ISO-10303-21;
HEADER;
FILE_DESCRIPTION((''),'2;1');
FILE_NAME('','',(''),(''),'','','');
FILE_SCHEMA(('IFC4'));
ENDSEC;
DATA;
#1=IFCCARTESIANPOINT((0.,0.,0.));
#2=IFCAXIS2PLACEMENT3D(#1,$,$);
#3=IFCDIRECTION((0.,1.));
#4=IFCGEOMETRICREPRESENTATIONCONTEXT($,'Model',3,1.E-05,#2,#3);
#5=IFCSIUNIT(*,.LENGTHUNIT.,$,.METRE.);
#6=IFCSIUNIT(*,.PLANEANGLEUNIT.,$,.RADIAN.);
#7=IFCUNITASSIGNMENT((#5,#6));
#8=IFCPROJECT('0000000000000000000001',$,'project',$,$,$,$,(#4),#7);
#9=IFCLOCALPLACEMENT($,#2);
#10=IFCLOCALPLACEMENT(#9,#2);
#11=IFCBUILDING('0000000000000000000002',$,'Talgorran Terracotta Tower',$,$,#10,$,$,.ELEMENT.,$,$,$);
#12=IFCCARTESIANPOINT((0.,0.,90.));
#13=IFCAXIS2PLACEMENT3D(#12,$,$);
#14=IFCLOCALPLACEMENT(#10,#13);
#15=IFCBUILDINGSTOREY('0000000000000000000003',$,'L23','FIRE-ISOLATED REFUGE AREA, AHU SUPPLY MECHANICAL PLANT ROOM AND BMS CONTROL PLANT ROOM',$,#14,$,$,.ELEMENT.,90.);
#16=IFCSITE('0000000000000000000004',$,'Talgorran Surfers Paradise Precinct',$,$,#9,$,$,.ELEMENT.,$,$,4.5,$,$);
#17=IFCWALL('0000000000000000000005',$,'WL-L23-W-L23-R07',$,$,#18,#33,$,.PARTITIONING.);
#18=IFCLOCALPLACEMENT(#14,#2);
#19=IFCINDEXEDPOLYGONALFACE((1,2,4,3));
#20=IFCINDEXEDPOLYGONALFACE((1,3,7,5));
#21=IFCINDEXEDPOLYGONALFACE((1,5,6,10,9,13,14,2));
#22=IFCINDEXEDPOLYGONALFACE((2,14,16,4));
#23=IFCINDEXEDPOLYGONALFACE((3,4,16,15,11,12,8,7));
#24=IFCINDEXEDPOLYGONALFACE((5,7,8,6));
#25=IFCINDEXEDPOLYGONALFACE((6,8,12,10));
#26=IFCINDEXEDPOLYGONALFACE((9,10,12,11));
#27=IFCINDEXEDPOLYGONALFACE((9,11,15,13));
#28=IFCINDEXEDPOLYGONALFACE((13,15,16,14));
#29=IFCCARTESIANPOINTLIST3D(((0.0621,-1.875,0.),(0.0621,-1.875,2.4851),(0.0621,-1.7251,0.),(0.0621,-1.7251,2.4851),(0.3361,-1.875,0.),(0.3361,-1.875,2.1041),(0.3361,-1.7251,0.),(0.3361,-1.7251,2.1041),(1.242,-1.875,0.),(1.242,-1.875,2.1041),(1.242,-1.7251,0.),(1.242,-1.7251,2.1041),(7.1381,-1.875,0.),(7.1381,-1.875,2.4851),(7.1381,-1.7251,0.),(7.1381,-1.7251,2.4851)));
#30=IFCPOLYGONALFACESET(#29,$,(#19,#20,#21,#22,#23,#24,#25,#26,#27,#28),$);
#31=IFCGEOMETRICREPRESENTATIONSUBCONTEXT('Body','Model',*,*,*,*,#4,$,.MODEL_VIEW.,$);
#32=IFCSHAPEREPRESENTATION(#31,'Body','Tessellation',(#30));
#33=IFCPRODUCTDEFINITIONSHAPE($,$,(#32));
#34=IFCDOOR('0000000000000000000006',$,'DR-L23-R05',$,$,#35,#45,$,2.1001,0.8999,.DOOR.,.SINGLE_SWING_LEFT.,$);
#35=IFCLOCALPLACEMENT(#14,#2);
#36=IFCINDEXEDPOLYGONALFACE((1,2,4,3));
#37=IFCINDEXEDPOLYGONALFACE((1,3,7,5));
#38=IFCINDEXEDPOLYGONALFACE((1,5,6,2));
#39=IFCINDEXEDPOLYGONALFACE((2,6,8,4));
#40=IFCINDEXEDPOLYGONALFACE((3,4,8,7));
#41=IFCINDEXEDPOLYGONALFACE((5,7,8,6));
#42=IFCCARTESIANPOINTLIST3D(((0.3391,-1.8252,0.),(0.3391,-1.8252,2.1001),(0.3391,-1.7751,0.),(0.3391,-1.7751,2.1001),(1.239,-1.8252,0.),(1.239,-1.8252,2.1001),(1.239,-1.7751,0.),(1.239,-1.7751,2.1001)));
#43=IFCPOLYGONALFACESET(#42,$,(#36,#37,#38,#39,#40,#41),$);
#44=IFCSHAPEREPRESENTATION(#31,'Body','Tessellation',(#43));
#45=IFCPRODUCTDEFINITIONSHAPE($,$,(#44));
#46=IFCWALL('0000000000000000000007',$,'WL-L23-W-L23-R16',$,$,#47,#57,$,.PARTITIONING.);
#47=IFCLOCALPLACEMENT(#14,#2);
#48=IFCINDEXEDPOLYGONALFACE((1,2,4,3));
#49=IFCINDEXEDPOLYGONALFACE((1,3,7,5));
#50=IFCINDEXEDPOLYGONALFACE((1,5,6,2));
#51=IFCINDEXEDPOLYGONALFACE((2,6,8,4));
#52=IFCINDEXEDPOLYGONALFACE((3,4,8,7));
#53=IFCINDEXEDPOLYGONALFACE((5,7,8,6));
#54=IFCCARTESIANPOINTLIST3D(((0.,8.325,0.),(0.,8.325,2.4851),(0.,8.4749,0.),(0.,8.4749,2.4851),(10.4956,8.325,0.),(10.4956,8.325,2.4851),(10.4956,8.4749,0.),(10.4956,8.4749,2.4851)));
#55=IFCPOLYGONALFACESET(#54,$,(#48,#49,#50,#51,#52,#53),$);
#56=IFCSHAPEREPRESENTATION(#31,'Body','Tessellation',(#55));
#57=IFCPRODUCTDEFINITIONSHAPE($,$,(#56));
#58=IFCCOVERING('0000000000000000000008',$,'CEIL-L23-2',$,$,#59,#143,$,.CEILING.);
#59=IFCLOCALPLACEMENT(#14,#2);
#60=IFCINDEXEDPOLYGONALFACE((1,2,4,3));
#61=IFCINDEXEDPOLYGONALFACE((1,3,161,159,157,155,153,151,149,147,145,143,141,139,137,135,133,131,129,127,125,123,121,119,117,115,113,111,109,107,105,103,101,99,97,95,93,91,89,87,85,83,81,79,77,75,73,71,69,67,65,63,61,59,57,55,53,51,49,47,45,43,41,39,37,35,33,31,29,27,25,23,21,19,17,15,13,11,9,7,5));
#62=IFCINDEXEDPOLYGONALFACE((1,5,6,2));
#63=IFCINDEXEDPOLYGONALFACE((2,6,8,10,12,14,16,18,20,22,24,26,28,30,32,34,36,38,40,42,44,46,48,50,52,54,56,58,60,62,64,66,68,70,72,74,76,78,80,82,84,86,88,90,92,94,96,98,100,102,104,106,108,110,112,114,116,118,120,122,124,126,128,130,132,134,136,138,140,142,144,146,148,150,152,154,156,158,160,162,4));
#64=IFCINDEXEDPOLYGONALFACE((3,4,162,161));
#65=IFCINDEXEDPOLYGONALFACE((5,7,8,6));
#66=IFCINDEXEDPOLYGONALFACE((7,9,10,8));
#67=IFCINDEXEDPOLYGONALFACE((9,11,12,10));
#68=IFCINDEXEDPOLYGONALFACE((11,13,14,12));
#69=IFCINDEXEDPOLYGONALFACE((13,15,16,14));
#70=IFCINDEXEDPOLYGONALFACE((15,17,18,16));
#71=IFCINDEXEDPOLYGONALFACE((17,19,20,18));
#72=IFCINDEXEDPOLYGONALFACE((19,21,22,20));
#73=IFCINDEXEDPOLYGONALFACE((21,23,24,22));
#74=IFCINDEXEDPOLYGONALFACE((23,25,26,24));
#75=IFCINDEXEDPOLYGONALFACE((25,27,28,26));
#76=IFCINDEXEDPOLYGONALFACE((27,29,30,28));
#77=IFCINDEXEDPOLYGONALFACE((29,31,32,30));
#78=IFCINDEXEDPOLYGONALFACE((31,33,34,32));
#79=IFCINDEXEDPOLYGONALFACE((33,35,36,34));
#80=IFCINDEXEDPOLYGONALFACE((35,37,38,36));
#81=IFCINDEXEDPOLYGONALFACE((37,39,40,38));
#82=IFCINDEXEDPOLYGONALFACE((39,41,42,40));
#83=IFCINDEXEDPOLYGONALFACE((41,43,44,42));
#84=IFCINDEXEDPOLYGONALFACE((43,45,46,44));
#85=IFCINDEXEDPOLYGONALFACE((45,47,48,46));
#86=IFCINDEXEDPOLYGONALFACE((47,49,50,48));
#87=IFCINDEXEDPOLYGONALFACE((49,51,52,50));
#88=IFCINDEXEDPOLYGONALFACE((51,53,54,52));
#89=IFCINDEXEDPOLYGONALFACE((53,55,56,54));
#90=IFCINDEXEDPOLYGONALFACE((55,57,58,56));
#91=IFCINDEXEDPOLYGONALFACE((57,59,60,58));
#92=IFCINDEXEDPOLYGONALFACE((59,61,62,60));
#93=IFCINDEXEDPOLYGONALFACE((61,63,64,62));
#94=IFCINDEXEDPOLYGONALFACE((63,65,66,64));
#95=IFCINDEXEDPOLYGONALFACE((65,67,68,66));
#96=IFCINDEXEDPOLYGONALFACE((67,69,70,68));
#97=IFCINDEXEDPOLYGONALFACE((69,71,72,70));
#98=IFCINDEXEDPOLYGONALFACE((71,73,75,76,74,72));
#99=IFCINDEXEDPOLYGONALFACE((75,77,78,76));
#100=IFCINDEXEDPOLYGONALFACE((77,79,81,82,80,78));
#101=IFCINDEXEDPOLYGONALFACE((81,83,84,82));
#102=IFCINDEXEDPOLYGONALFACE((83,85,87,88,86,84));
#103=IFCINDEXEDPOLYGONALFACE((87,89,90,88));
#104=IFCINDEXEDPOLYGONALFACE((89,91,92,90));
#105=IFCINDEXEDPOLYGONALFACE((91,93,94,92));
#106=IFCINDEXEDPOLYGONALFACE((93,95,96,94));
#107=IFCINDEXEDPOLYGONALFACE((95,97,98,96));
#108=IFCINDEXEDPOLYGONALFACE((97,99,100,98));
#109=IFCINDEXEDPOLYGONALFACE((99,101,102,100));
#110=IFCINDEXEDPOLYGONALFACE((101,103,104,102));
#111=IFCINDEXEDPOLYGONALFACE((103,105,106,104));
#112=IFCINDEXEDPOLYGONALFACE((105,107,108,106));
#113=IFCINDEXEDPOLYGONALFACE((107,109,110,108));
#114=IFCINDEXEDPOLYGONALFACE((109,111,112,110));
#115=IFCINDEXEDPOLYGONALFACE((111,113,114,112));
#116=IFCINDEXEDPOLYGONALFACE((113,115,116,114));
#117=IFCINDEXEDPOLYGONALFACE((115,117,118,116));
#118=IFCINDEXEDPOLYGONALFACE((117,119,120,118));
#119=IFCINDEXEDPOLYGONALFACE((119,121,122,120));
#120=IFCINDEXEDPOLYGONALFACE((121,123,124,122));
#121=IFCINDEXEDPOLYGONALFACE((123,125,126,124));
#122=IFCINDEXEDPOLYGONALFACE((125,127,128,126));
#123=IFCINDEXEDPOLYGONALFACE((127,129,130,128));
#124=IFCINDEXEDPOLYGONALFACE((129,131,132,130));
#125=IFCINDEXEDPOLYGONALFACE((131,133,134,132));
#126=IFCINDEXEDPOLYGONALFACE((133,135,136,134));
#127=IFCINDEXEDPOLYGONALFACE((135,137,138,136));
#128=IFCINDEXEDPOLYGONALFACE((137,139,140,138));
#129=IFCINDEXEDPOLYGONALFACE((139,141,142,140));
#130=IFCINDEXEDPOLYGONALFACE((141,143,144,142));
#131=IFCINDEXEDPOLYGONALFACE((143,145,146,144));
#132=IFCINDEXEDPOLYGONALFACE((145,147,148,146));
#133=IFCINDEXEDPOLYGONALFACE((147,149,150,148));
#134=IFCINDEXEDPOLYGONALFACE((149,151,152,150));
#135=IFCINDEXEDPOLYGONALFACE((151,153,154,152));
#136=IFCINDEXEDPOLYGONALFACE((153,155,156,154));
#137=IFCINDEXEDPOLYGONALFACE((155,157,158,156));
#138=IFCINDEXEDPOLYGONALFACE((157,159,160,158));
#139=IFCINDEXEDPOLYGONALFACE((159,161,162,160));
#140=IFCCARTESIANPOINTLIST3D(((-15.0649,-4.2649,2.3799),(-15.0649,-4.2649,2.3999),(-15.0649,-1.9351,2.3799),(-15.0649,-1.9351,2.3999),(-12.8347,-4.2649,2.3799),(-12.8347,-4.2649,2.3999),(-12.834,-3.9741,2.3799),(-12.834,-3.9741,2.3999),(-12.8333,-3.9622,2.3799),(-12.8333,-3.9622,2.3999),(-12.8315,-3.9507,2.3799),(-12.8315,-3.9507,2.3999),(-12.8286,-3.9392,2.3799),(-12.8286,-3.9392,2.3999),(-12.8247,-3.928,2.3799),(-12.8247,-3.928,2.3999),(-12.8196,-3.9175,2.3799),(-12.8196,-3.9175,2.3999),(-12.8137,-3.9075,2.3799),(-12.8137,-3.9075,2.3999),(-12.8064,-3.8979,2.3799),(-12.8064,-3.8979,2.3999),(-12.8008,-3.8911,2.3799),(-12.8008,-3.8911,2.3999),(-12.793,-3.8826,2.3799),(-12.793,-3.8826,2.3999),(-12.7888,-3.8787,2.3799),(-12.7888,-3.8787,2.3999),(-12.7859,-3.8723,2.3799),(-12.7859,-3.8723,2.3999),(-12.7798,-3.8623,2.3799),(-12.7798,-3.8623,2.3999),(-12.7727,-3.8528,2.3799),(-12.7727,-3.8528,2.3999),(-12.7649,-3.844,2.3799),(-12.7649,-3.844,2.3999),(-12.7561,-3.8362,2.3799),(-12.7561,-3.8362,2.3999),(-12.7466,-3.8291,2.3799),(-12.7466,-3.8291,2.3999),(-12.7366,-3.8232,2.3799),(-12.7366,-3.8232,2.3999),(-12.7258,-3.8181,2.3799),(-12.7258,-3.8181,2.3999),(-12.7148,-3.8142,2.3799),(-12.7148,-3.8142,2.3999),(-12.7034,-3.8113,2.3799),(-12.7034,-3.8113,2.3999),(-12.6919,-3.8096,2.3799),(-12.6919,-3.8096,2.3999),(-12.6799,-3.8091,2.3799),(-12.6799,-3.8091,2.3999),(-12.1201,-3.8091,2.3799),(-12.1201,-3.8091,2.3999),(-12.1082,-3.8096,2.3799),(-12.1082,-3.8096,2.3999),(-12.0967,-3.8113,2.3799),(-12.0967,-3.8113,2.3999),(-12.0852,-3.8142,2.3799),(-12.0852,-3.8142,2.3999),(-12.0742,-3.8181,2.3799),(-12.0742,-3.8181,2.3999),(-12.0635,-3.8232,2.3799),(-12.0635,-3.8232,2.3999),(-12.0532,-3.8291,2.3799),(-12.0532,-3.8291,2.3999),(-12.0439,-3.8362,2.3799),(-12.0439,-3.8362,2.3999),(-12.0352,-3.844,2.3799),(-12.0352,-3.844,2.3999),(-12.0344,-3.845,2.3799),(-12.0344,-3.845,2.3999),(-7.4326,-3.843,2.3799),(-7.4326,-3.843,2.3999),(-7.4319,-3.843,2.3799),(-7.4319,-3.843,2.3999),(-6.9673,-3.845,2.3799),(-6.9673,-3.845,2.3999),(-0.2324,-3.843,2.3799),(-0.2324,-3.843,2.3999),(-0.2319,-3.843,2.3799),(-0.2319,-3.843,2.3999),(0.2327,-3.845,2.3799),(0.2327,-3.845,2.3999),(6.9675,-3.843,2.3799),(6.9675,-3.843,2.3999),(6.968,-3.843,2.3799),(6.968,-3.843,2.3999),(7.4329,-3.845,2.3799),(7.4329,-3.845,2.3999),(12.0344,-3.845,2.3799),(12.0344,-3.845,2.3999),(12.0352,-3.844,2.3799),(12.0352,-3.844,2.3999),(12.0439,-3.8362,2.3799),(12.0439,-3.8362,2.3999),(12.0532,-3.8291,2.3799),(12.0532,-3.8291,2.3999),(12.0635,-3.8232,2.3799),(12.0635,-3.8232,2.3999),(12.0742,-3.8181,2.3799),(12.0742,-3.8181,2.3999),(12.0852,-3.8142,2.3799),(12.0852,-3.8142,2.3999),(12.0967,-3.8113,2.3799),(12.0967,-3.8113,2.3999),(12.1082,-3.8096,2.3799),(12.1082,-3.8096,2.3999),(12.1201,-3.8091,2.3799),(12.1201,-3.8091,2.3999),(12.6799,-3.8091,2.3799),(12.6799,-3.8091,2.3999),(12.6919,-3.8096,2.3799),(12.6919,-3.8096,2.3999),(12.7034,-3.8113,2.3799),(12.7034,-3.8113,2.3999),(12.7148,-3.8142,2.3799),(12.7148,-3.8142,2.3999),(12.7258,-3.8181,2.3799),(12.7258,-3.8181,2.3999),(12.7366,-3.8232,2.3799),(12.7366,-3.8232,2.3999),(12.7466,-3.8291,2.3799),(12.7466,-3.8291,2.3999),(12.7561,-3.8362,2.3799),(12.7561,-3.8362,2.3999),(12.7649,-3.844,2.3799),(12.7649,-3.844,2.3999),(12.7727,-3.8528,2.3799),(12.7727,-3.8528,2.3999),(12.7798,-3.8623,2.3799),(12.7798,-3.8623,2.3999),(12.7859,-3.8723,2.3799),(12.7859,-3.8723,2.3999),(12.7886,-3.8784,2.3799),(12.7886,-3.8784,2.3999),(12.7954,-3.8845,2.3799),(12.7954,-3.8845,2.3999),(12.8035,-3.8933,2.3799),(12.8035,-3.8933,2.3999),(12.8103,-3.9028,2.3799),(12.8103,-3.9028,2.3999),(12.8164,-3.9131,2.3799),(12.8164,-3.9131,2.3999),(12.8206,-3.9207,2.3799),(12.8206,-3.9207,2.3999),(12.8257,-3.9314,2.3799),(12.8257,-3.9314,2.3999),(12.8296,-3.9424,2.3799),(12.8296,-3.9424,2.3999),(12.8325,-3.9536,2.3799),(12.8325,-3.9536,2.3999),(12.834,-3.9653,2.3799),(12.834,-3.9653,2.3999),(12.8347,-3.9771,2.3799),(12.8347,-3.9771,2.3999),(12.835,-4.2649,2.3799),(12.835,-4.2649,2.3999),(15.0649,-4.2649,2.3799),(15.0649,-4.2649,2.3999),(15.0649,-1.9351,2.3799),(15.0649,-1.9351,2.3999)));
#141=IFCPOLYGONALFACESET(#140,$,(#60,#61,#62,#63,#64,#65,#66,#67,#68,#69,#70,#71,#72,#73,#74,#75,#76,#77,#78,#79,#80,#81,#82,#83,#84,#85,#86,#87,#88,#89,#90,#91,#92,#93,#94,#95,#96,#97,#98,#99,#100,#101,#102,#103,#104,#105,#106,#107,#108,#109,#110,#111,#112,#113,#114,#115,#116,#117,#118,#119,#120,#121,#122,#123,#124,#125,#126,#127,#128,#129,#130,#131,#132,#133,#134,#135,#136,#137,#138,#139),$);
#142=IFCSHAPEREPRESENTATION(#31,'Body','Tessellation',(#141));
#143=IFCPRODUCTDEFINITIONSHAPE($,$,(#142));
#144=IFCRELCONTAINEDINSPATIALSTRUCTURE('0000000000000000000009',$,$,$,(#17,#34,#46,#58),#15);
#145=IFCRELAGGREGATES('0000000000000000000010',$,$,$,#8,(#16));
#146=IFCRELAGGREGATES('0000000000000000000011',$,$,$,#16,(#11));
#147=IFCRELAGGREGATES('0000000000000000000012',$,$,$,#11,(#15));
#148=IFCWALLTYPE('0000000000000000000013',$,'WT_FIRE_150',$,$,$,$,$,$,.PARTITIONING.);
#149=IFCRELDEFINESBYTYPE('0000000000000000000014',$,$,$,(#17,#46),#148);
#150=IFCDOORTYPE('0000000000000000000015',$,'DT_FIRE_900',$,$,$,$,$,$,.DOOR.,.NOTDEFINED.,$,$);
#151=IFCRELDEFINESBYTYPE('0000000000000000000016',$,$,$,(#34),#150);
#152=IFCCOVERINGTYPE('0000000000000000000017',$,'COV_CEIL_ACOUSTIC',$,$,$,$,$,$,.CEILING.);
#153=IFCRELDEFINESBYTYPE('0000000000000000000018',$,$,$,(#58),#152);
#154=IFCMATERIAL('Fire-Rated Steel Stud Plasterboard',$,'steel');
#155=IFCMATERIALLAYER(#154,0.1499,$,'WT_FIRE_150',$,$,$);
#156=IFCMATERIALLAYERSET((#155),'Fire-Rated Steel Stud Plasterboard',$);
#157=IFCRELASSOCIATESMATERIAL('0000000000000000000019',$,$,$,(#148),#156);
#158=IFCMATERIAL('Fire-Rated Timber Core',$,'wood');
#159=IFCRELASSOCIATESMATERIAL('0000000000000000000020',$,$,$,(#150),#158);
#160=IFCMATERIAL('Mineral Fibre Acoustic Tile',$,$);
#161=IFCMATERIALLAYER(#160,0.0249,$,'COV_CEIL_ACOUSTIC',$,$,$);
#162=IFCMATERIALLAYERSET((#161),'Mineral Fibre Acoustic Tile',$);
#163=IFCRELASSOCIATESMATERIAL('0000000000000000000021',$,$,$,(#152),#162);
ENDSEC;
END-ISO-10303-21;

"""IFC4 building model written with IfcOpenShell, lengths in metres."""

from ifc_helpers import new_model, si_unit, direction, frame, frame_2d, origin, place, context, subcontext, project, spatial, polyline, rectangle, outline, extrude, material, layer, layer_set, type_object, element, fill, save


model = new_model("IFC4")

# Units and contexts
model_context = context("Model", 3, precision=1e-05, world=origin(), true_north=direction((0.0, 1.0)))
body_context = subcontext(model_context, "Body", "Model", "MODEL_VIEW")
ifc_project = project(units=[si_unit("LENGTHUNIT", "METRE"), si_unit("PLANEANGLEUNIT", "RADIAN")], contexts=[model_context])

# Site, building, storey
site_placement = place(None, origin())
site = spatial("IfcSite", under=ifc_project, at=site_placement, Name="Talgorran Surfers Paradise Precinct", CompositionType="ELEMENT", RefElevation=4.5)
building_placement = place(site_placement, origin())
building = spatial("IfcBuilding", under=site, at=building_placement, Name="Talgorran Terracotta Tower", CompositionType="ELEMENT")
storey_placement = place(building_placement, frame((0.0, 0.0, 90.0)))
storey = spatial("IfcBuildingStorey", under=building, at=storey_placement, Name="L23", Description="FIRE-ISOLATED REFUGE AREA, AHU SUPPLY MECHANICAL PLANT ROOM AND BMS CONTROL PLANT ROOM", CompositionType="ELEMENT", Elevation=90.0)

# Shared definitions
ifc_material_1 = material(Name="Fire-Rated Steel Stud Plasterboard", Category="steel")
ifc_layer_1 = layer(ifc_material_1, 0.1499, Name="WT_FIRE_150")
ifc_layer_set_1 = layer_set([ifc_layer_1], Name="Fire-Rated Steel Stud Plasterboard")
wall_type = type_object("IfcWallType", Name="WT_FIRE_150", PredefinedType="PARTITIONING", material=ifc_layer_set_1)

# Wall, opening, door
ifc_material_2 = material(Name="Fire-Rated Timber Core", Category="wood")
door_type = type_object("IfcDoorType", Name="DT_FIRE_900", OperationType="NOTDEFINED", PredefinedType="DOOR", material=ifc_material_2)
wall_1_placement = place(storey_placement, frame((0.062, -1.8, 0.0), z_axis=(0.0, 0.0, 1.0), x_axis=(1.0, 0.0, 0.0)))
wall_1 = element("IfcWall", 1, at=wall_1_placement, inside=storey, type_object=wall_type, Name="WL-L23-W-L23-R07", PredefinedType="PARTITIONING", context=body_context, shape_type="SweptSolid", body=[
    extrude(rectangle(XDim=7.0759, YDim=0.1499, at=frame_2d((3.5381, 0.0))), origin(), (0.0, 0.0, 1.0), 2.4851),
])
opening_1_placement = place(wall_1_placement, frame((0.2771, 0.0, 0.0)))
opening_1 = element("IfcOpeningElement", 2, at=opening_1_placement, cuts=wall_1, PredefinedType="OPENING", context=body_context, shape_type="SweptSolid", body=[
    extrude(rectangle(XDim=0.9059, YDim=2.1041, at=frame_2d((0.45, 1.052))), frame((0.0, 0.085, 0.0), z_axis=(0.0, -1.0, 0.0), x_axis=(1.0, 0.0, 0.0)), (0.0, 0.0, 1.0), 0.1699),
])
door_1_placement = place(opening_1_placement, origin())
door_1 = element("IfcDoor", 3, at=door_1_placement, inside=storey, type_object=door_type, Name="DR-L23-R05", OperationType="SINGLE_SWING_LEFT", OverallHeight=2.1001, OverallWidth=0.8999, PredefinedType="DOOR", context=body_context, shape_type="SweptSolid", body=[
    extrude(rectangle(XDim=0.8999, YDim=2.1001, at=frame_2d((0.45, 1.05))), frame((0.0, 0.0249, 0.0), z_axis=(0.0, -1.0, 0.0), x_axis=(1.0, 0.0, 0.0)), (0.0, 0.0, 1.0), 0.05),
])
fill(opening_1, door_1)

# Wall
wall_2_placement = place(storey_placement, frame((0.0, 8.3999, 0.0), z_axis=(0.0, 0.0, 1.0), x_axis=(1.0, 0.0, 0.0)))
element("IfcWall", 4, at=wall_2_placement, inside=storey, type_object=wall_type, Name="WL-L23-W-L23-R16", PredefinedType="PARTITIONING", context=body_context, shape_type="SweptSolid", body=[
    extrude(rectangle(XDim=10.4956, YDim=0.1499, at=frame_2d((5.2478, 0.0))), origin(), (0.0, 0.0, 1.0), 2.4851),
])

# Covering
ifc_material_3 = material(Name="Mineral Fibre Acoustic Tile")
ifc_layer_2 = layer(ifc_material_3, 0.0249, Name="COV_CEIL_ACOUSTIC")
ifc_layer_set_2 = layer_set([ifc_layer_2], Name="Mineral Fibre Acoustic Tile")
covering_type_1 = type_object("IfcCoveringType", Name="COV_CEIL_ACOUSTIC", PredefinedType="CEILING", material=ifc_layer_set_2)
covering_1_placement = place(storey_placement, frame((0.0, 0.0, 2.3799)))
element("IfcCovering", 5, at=covering_1_placement, inside=storey, type_object=covering_type_1, Name="CEIL-L23-2", PredefinedType="CEILING", context=body_context, shape_type="SweptSolid", body=[
    extrude(outline(polyline([(-12.7888, -3.8787), (-12.793, -3.8826), (-12.8008, -3.8911), (-12.8064, -3.8979), (-12.8137, -3.9075), (-12.8196, -3.9175), (-12.8247, -3.928), (-12.8286, -3.9392), (-12.8315, -3.9507), (-12.8333, -3.9622), (-12.834, -3.9741), (-12.8347, -4.2649), (-15.0649, -4.2649), (-15.0649, -1.9351), (15.0649, -1.9351), (15.0649, -4.2649), (12.835, -4.2649), (12.8347, -3.9771), (12.834, -3.9653), (12.8325, -3.9536), (12.8296, -3.9424), (12.8257, -3.9314), (12.8206, -3.9207), (12.8164, -3.9131), (12.8103, -3.9028), (12.8035, -3.8933), (12.7954, -3.8845), (12.7886, -3.8784), (12.7859, -3.8723), (12.7798, -3.8623), (12.7727, -3.8528), (12.7649, -3.844), (12.7561, -3.8362), (12.7466, -3.8291), (12.7366, -3.8232), (12.7258, -3.8181), (12.7148, -3.8142), (12.7034, -3.8113), (12.6919, -3.8096), (12.6799, -3.8091), (12.1201, -3.8091), (12.1082, -3.8096), (12.0967, -3.8113), (12.0852, -3.8142), (12.0742, -3.8181), (12.0635, -3.8232), (12.0532, -3.8291), (12.0439, -3.8362), (12.0352, -3.844), (12.0344, -3.845), (7.4329, -3.845), (6.968, -3.843), (6.9675, -3.843), (0.2327, -3.845), (-0.2319, -3.843), (-0.2324, -3.843), (-6.9673, -3.845), (-7.4319, -3.843), (-7.4326, -3.843), (-12.0344, -3.845), (-12.0352, -3.844), (-12.0439, -3.8362), (-12.0532, -3.8291), (-12.0635, -3.8232), (-12.0742, -3.8181), (-12.0852, -3.8142), (-12.0967, -3.8113), (-12.1082, -3.8096), (-12.1201, -3.8091), (-12.6799, -3.8091), (-12.6919, -3.8096), (-12.7034, -3.8113), (-12.7148, -3.8142), (-12.7258, -3.8181), (-12.7366, -3.8232), (-12.7466, -3.8291), (-12.7561, -3.8362), (-12.7649, -3.844), (-12.7727, -3.8528), (-12.7798, -3.8623), (-12.7859, -3.8723), (-12.7888, -3.8787)])), origin(), (0.0, 0.0, 1.0), 0.02),
])

save(model, "model.ifc")
